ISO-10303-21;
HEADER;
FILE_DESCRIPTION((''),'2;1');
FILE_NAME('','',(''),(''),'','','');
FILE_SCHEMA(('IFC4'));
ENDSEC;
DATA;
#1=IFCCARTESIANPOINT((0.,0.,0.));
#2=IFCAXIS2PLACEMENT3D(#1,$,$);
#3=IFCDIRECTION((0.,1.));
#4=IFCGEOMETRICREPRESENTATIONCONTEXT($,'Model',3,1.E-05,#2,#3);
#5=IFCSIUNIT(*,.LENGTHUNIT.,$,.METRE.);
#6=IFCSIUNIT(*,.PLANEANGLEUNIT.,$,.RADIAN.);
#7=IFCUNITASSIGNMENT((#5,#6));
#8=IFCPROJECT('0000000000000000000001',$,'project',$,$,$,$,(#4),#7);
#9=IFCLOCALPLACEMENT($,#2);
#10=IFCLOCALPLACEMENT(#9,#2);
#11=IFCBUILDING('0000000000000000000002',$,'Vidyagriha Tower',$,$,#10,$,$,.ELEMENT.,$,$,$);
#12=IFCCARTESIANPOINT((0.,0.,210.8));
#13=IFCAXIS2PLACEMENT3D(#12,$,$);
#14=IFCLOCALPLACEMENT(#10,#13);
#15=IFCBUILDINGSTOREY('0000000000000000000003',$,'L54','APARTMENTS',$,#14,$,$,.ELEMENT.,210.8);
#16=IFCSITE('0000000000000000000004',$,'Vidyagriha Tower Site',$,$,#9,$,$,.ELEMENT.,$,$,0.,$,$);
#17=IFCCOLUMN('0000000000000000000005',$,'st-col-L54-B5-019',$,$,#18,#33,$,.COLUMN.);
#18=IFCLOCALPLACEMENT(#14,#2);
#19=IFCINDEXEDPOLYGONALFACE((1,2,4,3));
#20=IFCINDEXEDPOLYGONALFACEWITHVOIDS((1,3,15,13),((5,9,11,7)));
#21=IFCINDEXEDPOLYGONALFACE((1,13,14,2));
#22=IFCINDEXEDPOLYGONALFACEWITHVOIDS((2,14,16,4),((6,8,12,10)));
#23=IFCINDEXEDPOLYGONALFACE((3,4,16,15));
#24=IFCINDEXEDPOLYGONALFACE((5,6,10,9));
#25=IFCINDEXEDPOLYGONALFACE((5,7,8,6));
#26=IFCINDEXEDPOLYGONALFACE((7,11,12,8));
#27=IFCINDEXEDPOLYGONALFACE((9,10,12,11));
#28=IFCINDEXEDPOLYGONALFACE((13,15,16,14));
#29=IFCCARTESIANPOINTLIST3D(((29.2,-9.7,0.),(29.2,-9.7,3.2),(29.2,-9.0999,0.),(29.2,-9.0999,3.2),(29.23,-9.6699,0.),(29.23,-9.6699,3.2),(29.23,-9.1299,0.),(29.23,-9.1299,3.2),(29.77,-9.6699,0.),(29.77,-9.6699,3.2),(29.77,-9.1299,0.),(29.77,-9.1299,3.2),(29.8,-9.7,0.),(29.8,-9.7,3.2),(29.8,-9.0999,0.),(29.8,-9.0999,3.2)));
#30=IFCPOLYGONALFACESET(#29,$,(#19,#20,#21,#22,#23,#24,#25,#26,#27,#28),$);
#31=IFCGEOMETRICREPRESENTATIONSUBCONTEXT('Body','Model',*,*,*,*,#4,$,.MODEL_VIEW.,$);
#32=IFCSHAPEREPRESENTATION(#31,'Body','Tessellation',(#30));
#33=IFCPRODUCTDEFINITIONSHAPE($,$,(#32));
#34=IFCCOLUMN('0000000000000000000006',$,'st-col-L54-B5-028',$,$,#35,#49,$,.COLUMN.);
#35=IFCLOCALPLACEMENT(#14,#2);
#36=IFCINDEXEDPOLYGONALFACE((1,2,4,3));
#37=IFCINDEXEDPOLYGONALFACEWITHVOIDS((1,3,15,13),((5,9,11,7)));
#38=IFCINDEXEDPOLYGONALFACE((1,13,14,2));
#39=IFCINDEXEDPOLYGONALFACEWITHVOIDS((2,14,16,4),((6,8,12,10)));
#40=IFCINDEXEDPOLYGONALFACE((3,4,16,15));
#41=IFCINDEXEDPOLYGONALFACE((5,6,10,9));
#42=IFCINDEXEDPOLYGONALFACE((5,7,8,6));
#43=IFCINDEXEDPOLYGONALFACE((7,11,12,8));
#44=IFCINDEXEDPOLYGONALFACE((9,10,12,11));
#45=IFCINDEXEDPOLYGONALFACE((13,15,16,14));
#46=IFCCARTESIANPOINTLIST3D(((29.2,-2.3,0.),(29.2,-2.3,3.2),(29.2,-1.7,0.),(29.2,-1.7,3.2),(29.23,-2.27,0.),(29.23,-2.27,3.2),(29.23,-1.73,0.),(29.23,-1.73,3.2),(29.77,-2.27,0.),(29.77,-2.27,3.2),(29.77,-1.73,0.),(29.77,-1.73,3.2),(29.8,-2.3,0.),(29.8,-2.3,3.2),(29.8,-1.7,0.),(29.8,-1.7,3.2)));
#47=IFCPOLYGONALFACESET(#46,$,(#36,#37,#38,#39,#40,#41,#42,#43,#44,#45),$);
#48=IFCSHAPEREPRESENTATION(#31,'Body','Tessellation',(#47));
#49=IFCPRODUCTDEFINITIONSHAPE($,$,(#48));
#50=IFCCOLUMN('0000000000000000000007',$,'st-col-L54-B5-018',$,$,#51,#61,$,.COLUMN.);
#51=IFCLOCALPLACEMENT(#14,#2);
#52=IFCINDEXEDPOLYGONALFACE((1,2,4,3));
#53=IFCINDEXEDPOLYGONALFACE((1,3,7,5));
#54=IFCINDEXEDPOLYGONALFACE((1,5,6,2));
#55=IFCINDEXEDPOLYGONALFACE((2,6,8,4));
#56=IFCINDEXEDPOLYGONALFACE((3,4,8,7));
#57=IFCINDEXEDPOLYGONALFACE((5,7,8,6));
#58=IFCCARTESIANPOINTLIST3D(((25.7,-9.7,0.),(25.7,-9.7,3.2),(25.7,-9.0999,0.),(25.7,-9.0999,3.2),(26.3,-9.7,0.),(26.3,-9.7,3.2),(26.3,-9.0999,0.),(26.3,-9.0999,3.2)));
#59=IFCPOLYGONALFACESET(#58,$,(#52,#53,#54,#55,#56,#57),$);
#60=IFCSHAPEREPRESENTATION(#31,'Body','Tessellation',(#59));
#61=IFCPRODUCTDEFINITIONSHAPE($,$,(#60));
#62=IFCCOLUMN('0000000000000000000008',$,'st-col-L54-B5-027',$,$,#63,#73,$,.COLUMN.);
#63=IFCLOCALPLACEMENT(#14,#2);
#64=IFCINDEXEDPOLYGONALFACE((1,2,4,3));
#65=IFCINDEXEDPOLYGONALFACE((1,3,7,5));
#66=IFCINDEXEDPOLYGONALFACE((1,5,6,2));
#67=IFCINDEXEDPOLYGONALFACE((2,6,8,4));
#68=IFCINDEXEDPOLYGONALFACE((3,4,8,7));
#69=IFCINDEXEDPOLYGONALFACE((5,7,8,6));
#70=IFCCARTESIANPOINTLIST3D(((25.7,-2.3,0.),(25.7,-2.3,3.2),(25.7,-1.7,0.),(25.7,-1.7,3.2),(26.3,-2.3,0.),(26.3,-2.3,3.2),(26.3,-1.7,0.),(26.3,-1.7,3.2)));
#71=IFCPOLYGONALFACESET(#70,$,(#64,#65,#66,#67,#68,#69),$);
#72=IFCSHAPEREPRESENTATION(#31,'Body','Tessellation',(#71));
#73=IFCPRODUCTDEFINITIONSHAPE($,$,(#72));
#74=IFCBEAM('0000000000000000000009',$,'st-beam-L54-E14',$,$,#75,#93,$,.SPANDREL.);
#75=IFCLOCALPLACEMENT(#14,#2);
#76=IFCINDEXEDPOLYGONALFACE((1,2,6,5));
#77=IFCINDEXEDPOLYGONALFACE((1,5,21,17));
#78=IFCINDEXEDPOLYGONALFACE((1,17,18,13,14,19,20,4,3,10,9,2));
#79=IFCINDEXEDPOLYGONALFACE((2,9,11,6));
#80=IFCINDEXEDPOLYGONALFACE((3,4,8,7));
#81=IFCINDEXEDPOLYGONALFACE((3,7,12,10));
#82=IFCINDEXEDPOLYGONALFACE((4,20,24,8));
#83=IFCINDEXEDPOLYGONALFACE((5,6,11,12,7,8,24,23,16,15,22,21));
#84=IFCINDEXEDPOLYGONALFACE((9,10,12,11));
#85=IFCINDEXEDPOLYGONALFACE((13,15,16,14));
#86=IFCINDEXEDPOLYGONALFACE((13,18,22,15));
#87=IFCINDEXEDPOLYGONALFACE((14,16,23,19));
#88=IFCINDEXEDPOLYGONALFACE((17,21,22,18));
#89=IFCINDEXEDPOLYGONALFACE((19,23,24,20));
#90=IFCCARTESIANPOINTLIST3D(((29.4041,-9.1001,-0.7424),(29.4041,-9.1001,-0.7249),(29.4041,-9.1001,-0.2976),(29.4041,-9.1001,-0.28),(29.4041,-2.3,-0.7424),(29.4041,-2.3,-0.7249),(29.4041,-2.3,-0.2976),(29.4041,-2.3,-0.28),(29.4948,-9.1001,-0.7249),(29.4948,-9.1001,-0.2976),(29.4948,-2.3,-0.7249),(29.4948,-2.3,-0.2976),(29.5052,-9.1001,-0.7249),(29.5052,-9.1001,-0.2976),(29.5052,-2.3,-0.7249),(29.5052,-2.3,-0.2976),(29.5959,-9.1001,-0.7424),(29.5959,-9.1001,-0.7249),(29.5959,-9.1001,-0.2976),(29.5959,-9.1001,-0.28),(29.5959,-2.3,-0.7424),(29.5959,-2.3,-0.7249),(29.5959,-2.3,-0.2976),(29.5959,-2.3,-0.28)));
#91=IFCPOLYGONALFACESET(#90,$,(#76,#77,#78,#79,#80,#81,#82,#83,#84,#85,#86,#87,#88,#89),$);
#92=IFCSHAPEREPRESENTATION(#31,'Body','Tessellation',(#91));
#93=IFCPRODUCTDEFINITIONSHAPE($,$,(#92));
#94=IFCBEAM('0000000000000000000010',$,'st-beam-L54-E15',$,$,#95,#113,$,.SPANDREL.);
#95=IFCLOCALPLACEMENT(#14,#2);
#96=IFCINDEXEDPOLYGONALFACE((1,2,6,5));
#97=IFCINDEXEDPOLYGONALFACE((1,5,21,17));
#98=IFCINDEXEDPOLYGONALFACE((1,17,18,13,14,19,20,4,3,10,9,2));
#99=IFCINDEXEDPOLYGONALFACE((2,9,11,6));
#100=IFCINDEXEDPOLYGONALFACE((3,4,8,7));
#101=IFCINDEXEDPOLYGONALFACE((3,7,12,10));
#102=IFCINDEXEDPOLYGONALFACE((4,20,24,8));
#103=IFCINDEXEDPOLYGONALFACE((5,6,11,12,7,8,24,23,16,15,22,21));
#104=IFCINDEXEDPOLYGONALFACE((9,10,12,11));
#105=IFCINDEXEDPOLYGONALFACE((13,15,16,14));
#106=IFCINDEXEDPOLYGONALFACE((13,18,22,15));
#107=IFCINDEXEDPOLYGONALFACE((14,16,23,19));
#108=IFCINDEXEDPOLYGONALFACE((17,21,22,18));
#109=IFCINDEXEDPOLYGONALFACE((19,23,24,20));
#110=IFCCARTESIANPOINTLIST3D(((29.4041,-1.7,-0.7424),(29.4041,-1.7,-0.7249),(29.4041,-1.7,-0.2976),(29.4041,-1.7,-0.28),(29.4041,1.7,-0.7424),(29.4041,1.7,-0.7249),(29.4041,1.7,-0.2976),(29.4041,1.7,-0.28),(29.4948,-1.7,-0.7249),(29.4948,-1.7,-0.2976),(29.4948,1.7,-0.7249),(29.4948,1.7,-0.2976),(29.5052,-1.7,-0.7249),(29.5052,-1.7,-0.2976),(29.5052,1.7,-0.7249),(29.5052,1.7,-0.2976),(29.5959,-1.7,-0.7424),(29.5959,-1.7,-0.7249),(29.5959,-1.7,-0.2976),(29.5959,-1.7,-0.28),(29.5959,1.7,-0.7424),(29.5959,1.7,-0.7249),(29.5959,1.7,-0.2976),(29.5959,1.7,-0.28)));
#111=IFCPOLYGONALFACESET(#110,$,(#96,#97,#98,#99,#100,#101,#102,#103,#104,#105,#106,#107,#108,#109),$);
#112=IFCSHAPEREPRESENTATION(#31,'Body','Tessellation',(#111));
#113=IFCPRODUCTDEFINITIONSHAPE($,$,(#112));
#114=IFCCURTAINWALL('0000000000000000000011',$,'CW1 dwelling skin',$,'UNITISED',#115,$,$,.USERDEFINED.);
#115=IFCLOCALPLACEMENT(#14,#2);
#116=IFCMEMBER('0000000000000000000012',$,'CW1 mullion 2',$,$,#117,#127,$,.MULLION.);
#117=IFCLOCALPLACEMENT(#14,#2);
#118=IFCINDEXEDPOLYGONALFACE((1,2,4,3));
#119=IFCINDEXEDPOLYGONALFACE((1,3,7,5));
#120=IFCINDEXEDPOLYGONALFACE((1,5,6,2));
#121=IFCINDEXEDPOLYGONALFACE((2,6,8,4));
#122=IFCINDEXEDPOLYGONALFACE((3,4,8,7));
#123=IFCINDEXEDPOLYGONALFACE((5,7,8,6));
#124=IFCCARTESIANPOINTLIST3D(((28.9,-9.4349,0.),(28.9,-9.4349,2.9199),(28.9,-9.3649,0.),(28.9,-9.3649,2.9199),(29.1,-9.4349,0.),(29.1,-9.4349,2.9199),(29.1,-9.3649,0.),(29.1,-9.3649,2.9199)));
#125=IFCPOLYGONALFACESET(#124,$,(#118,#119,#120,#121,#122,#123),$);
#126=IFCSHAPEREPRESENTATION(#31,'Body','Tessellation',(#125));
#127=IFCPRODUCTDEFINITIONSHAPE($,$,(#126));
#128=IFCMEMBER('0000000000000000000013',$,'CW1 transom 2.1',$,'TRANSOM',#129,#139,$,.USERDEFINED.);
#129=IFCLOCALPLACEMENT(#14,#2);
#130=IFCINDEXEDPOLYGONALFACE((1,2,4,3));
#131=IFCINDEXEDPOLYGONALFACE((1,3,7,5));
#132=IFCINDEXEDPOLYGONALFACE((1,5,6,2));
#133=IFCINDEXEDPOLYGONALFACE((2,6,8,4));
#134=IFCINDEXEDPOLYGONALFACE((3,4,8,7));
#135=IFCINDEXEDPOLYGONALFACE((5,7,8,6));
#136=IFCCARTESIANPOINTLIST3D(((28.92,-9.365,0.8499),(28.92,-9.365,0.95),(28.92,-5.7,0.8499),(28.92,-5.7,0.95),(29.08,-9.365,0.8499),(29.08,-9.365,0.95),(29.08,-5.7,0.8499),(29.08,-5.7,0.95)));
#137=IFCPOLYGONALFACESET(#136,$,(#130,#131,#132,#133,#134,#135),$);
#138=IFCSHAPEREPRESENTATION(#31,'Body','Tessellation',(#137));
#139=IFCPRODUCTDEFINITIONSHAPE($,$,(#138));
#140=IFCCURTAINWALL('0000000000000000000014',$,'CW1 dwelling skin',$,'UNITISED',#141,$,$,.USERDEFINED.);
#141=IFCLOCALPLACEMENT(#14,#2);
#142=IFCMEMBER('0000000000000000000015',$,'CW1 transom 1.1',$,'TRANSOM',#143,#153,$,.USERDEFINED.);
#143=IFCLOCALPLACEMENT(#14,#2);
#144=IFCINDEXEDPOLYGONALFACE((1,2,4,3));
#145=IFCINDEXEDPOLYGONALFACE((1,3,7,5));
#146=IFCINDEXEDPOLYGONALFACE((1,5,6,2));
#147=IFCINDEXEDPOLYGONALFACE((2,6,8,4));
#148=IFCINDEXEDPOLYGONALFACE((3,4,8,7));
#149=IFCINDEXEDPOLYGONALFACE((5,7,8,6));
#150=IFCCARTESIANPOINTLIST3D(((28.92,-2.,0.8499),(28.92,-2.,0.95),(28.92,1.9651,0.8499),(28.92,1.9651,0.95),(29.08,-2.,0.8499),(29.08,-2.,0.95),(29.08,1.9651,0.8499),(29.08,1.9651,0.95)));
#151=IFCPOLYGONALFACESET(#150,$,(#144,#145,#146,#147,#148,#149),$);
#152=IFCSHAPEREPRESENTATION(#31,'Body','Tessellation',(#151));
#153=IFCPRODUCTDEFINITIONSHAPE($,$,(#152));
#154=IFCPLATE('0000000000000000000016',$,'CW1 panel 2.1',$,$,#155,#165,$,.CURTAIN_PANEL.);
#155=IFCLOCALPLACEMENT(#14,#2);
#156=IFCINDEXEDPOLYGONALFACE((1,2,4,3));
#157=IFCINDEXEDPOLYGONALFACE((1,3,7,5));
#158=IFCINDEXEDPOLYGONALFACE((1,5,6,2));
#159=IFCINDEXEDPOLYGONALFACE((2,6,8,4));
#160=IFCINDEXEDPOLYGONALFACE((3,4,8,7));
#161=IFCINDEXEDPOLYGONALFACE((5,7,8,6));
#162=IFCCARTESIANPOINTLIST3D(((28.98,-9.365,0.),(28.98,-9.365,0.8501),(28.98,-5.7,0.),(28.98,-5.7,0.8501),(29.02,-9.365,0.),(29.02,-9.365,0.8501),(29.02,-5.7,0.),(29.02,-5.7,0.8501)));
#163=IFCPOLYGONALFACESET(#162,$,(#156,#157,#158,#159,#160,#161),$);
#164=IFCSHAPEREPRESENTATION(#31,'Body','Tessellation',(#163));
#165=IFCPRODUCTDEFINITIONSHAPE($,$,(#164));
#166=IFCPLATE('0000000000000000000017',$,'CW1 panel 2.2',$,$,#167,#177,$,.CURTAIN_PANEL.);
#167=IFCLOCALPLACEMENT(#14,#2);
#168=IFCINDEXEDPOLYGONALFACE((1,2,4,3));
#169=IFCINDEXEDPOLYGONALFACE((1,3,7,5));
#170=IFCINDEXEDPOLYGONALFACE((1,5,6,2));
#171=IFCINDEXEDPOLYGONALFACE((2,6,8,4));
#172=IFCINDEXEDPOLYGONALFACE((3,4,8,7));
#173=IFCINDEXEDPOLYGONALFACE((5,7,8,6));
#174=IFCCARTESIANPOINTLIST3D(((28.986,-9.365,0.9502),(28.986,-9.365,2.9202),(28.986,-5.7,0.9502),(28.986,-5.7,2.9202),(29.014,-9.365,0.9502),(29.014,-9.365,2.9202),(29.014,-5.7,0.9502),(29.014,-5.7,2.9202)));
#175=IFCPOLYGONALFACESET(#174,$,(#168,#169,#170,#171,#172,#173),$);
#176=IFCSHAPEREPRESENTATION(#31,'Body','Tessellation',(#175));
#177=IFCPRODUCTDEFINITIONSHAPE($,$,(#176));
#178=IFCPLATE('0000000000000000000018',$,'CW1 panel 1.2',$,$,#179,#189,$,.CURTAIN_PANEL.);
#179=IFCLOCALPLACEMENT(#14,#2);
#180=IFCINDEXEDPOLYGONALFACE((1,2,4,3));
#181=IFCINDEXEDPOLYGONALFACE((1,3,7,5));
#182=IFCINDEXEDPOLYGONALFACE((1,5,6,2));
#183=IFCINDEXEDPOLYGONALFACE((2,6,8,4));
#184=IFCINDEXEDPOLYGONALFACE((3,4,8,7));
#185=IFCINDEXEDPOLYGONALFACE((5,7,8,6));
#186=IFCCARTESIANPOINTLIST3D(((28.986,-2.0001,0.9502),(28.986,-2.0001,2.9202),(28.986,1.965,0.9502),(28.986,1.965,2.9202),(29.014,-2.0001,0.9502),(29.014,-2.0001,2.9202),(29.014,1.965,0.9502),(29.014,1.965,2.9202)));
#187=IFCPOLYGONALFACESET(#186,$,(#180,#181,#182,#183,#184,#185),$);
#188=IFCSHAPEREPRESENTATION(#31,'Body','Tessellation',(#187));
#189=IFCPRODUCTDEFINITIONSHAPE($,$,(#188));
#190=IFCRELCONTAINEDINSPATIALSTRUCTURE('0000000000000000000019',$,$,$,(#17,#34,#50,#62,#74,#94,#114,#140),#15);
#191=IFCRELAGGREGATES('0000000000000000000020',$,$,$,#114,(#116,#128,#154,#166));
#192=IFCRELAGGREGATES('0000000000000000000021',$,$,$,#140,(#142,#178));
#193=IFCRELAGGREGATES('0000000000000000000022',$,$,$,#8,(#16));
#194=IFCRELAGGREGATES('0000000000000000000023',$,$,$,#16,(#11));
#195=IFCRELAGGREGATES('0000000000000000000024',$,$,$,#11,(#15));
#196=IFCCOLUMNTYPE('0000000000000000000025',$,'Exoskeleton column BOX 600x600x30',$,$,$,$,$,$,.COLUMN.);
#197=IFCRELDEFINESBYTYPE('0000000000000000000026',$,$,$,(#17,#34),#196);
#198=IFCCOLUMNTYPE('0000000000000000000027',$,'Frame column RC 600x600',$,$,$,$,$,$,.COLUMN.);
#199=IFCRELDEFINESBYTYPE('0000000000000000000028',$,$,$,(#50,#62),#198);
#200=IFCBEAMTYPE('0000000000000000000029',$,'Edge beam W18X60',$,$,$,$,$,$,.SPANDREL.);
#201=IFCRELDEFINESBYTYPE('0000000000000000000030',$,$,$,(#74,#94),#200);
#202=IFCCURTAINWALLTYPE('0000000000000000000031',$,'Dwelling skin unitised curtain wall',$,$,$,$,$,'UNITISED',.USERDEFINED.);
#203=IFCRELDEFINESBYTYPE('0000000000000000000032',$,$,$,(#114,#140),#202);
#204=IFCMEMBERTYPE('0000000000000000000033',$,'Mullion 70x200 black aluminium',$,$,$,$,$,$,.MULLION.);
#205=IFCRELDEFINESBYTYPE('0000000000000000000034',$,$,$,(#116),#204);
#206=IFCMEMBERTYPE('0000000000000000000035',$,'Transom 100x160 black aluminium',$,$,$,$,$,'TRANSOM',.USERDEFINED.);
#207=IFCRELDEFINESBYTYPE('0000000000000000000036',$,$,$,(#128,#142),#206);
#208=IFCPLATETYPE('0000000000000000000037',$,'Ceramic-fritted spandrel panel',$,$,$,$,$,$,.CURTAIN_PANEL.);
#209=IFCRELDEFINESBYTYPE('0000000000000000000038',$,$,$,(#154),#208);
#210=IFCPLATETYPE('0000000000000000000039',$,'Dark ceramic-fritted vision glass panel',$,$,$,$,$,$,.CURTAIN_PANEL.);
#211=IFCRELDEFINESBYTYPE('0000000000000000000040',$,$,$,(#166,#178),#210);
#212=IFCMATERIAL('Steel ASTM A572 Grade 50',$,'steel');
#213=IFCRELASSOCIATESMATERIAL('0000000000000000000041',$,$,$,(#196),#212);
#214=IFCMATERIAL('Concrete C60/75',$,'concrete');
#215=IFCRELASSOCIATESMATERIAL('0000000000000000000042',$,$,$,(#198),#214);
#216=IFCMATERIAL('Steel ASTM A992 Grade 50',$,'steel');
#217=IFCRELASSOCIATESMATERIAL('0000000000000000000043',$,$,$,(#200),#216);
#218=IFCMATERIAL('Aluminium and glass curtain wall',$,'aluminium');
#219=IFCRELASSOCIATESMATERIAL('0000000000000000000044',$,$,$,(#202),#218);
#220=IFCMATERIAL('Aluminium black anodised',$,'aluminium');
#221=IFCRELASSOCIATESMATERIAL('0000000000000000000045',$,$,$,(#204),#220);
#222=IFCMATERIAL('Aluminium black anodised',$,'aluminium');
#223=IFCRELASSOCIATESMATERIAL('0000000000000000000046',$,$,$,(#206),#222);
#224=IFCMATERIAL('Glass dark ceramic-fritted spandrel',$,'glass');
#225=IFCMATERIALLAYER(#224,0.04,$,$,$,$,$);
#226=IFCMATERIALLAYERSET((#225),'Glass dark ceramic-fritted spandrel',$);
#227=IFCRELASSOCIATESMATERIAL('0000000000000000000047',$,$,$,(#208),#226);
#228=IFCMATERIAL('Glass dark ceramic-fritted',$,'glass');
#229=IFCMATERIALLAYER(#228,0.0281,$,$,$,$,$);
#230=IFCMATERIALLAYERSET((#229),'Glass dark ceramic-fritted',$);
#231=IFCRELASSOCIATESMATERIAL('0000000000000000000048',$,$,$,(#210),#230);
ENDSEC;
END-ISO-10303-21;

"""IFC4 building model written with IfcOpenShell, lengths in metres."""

from ifc_helpers import new_model, si_unit, direction, frame, origin, origin_2d, place, context, subcontext, project, spatial, rectangle, hollow_rectangle, i_section, extrude, material, layer, layer_set, material_profile, profile_set, type_object, element, aggregate, save


model = new_model("IFC4")

# Units and contexts
model_context = context("Model", 3, precision=1e-05, world=origin(), true_north=direction((0.0, 1.0)))
body_context = subcontext(model_context, "Body", "Model", "MODEL_VIEW")
ifc_project = project(units=[si_unit("LENGTHUNIT", "METRE"), si_unit("PLANEANGLEUNIT", "RADIAN")], contexts=[model_context])

# Site, building, storey
site_placement = place(None, origin())
site = spatial("IfcSite", under=ifc_project, at=site_placement, Name="Vidyagriha Tower Site", CompositionType="ELEMENT", RefElevation=0.0)
building_placement = place(site_placement, origin())
building = spatial("IfcBuilding", under=site, at=building_placement, Name="Vidyagriha Tower", CompositionType="ELEMENT")
storey_placement = place(building_placement, frame((0.0, 0.0, 210.8)))
storey = spatial("IfcBuildingStorey", under=building, at=storey_placement, Name="L54", Description="APARTMENTS", CompositionType="ELEMENT", Elevation=210.8)

# Columns
ifc_material_1 = material(Name="Steel ASTM A572 Grade 50", Category="steel")
ifc_material_profile_1 = material_profile(ifc_material_1, hollow_rectangle(XDim=0.6001, YDim=0.6001, WallThickness=0.03, at=origin_2d()), Name="BOX 600x600x30")
ifc_profile_set_1 = profile_set([ifc_material_profile_1], Name="Steel ASTM A572 Grade 50")
column_type_1 = type_object("IfcColumnType", Name="Exoskeleton column BOX 600x600x30", PredefinedType="COLUMN", material=ifc_profile_set_1)
for number, where, name in (
    (1, (29.5, -9.3999, 0.0), "st-col-L54-B5-019"),
    (2, (29.5, -2.0, 0.0), "st-col-L54-B5-028"),
):
    element("IfcColumn", number, at=place(storey_placement, frame(where)), inside=storey, type_object=column_type_1, Name=name, PredefinedType="COLUMN", context=body_context, shape_type="SweptSolid", body=[
        extrude(hollow_rectangle(XDim=0.6001, YDim=0.6001, WallThickness=0.03, at=origin_2d()), origin(), (0.0, 0.0, 1.0), 3.2),
    ])
ifc_material_2 = material(Name="Concrete C60/75", Category="concrete")
ifc_material_profile_2 = material_profile(ifc_material_2, rectangle(XDim=0.6001, YDim=0.6001, at=origin_2d()), Name="RC 600x600")
ifc_profile_set_2 = profile_set([ifc_material_profile_2], Name="Concrete C60/75")
column_type_2 = type_object("IfcColumnType", Name="Frame column RC 600x600", PredefinedType="COLUMN", material=ifc_profile_set_2)
for number, where, name in (
    (3, (26.0, -9.3999, 0.0), "st-col-L54-B5-018"),
    (4, (26.0, -2.0, 0.0), "st-col-L54-B5-027"),
):
    element("IfcColumn", number, at=place(storey_placement, frame(where)), inside=storey, type_object=column_type_2, Name=name, PredefinedType="COLUMN", context=body_context, shape_type="SweptSolid", body=[
        extrude(rectangle(XDim=0.6001, YDim=0.6001, at=origin_2d()), origin(), (0.0, 0.0, 1.0), 3.2),
    ])

# Beams
ifc_material_3 = material(Name="Steel ASTM A992 Grade 50", Category="steel")
ifc_material_profile_3 = material_profile(ifc_material_3, i_section(OverallWidth=0.1919, OverallDepth=0.4624, WebThickness=0.0105, FlangeThickness=0.0176, at=origin_2d()), Name="W18X60")
ifc_profile_set_3 = profile_set([ifc_material_profile_3], Name="Steel ASTM A992 Grade 50")
beam_type = type_object("IfcBeamType", Name="Edge beam W18X60", PredefinedType="SPANDREL", material=ifc_profile_set_3)
beam_1_placement = place(storey_placement, frame((29.5, -9.1001, -0.5112), z_axis=(0.0, 1.0, 0.0), x_axis=(-1.0, 0.0, 0.0)))
element("IfcBeam", 5, at=beam_1_placement, inside=storey, type_object=beam_type, Name="st-beam-L54-E14", PredefinedType="SPANDREL", context=body_context, shape_type="SweptSolid", body=[
    extrude(i_section(OverallWidth=0.1919, OverallDepth=0.4624, WebThickness=0.0105, FlangeThickness=0.0176, at=origin_2d()), origin(), (0.0, 0.0, 1.0), 6.8),
])
beam_2_placement = place(storey_placement, frame((29.5, -1.7, -0.5112), z_axis=(0.0, 1.0, 0.0), x_axis=(-1.0, 0.0, 0.0)))
element("IfcBeam", 6, at=beam_2_placement, inside=storey, type_object=beam_type, Name="st-beam-L54-E15", PredefinedType="SPANDREL", context=body_context, shape_type="SweptSolid", body=[
    extrude(i_section(OverallWidth=0.1919, OverallDepth=0.4624, WebThickness=0.0105, FlangeThickness=0.0176, at=origin_2d()), origin(), (0.0, 0.0, 1.0), 3.3999),
])

# Curtain wall, members
ifc_material_4 = material(Name="Aluminium and glass curtain wall", Category="aluminium")
curtain_wall_type = type_object("IfcCurtainWallType", Name="Dwelling skin unitised curtain wall", ElementType="UNITISED", PredefinedType="USERDEFINED", material=ifc_material_4)
curtain_wall_1_placement = place(storey_placement, origin())
curtain_wall_1 = element("IfcCurtainWall", 7, at=curtain_wall_1_placement, inside=storey, type_object=curtain_wall_type, Name="CW1 dwelling skin", ObjectType="UNITISED", PredefinedType="USERDEFINED")
ifc_material_5 = material(Name="Aluminium black anodised", Category="aluminium")
ifc_material_profile_4 = material_profile(ifc_material_5, rectangle(XDim=0.2, YDim=0.0701, at=origin_2d()), Name="Mullion 70x200 black aluminium")
ifc_profile_set_4 = profile_set([ifc_material_profile_4], Name="Aluminium black anodised")
member_type_1 = type_object("IfcMemberType", Name="Mullion 70x200 black aluminium", PredefinedType="MULLION", material=ifc_profile_set_4)
member_1_placement = place(storey_placement, frame((29.0, -9.3999, 0.0), z_axis=(0.0, 0.0, 1.0), x_axis=(-1.0, 0.0, 0.0)))
member_1 = element("IfcMember", 8, at=member_1_placement, type_object=member_type_1, Name="CW1 mullion 2", PredefinedType="MULLION", context=body_context, shape_type="SweptSolid", body=[
    extrude(rectangle(XDim=0.2, YDim=0.0701, at=origin_2d()), origin(), (0.0, 0.0, 1.0), 2.9199),
])
ifc_material_6 = material(Name="Aluminium black anodised", Category="aluminium")
ifc_material_profile_5 = material_profile(ifc_material_6, rectangle(XDim=0.1599, YDim=0.1001, at=origin_2d()), Name="Transom 100x160 black aluminium")
ifc_profile_set_5 = profile_set([ifc_material_profile_5], Name="Aluminium black anodised")
member_type_2 = type_object("IfcMemberType", Name="Transom 100x160 black aluminium", ElementType="TRANSOM", PredefinedType="USERDEFINED", material=ifc_profile_set_5)
member_2_placement = place(storey_placement, frame((29.0, -9.365, 0.8999), z_axis=(0.0, 1.0, 0.0), x_axis=(-1.0, 0.0, 0.0)))
member_2 = element("IfcMember", 9, at=member_2_placement, type_object=member_type_2, Name="CW1 transom 2.1", ObjectType="TRANSOM", PredefinedType="USERDEFINED", context=body_context, shape_type="SweptSolid", body=[
    extrude(rectangle(XDim=0.1599, YDim=0.1001, at=origin_2d()), origin(), (0.0, 0.0, 1.0), 3.665),
])

# Curtain wall, member
curtain_wall_2_placement = place(storey_placement, origin())
curtain_wall_2 = element("IfcCurtainWall", 10, at=curtain_wall_2_placement, inside=storey, type_object=curtain_wall_type, Name="CW1 dwelling skin", ObjectType="UNITISED", PredefinedType="USERDEFINED")
member_3_placement = place(storey_placement, frame((29.0, -2.0, 0.8999), z_axis=(0.0, 1.0, 0.0), x_axis=(-1.0, 0.0, 0.0)))
member_3 = element("IfcMember", 11, at=member_3_placement, type_object=member_type_2, Name="CW1 transom 1.1", ObjectType="TRANSOM", PredefinedType="USERDEFINED", context=body_context, shape_type="SweptSolid", body=[
    extrude(rectangle(XDim=0.1599, YDim=0.1001, at=origin_2d()), origin(), (0.0, 0.0, 1.0), 3.9651),
])

# Plates
ifc_material_7 = material(Name="Glass dark ceramic-fritted spandrel", Category="glass")
ifc_layer_1 = layer(ifc_material_7, 0.04)
ifc_layer_set_1 = layer_set([ifc_layer_1], Name="Glass dark ceramic-fritted spandrel")
plate_type_1 = type_object("IfcPlateType", Name="Ceramic-fritted spandrel panel", PredefinedType="CURTAIN_PANEL", material=ifc_layer_set_1)
plate_1_placement = place(storey_placement, frame((29.0, -7.5325, 0.0), z_axis=(0.0, 0.0, 1.0), x_axis=(0.0, 1.0, 0.0)))
plate_1 = element("IfcPlate", 12, at=plate_1_placement, type_object=plate_type_1, Name="CW1 panel 2.1", PredefinedType="CURTAIN_PANEL", context=body_context, shape_type="SweptSolid", body=[
    extrude(rectangle(XDim=3.665, YDim=0.04, at=origin_2d()), origin(), (0.0, 0.0, 1.0), 0.8501),
])
ifc_material_8 = material(Name="Glass dark ceramic-fritted", Category="glass")
ifc_layer_2 = layer(ifc_material_8, 0.0281)
ifc_layer_set_2 = layer_set([ifc_layer_2], Name="Glass dark ceramic-fritted")
plate_type_2 = type_object("IfcPlateType", Name="Dark ceramic-fritted vision glass panel", PredefinedType="CURTAIN_PANEL", material=ifc_layer_set_2)
plate_2_placement = place(storey_placement, frame((29.0, -7.5325, 0.9502), z_axis=(0.0, 0.0, 1.0), x_axis=(0.0, 1.0, 0.0)))
plate_2 = element("IfcPlate", 13, at=plate_2_placement, type_object=plate_type_2, Name="CW1 panel 2.2", PredefinedType="CURTAIN_PANEL", context=body_context, shape_type="SweptSolid", body=[
    extrude(rectangle(XDim=3.665, YDim=0.0281, at=origin_2d()), origin(), (0.0, 0.0, 1.0), 1.97),
])
aggregate(curtain_wall_1, [member_1, member_2, plate_1, plate_2])
plate_3_placement = place(storey_placement, frame((29.0, -0.0176, 0.9502), z_axis=(0.0, 0.0, 1.0), x_axis=(0.0, 1.0, 0.0)))
plate_3 = element("IfcPlate", 14, at=plate_3_placement, type_object=plate_type_2, Name="CW1 panel 1.2", PredefinedType="CURTAIN_PANEL", context=body_context, shape_type="SweptSolid", body=[
    extrude(rectangle(XDim=3.9651, YDim=0.0281, at=origin_2d()), origin(), (0.0, 0.0, 1.0), 1.97),
])
aggregate(curtain_wall_2, [member_3, plate_3])

save(model, "model.ifc")
